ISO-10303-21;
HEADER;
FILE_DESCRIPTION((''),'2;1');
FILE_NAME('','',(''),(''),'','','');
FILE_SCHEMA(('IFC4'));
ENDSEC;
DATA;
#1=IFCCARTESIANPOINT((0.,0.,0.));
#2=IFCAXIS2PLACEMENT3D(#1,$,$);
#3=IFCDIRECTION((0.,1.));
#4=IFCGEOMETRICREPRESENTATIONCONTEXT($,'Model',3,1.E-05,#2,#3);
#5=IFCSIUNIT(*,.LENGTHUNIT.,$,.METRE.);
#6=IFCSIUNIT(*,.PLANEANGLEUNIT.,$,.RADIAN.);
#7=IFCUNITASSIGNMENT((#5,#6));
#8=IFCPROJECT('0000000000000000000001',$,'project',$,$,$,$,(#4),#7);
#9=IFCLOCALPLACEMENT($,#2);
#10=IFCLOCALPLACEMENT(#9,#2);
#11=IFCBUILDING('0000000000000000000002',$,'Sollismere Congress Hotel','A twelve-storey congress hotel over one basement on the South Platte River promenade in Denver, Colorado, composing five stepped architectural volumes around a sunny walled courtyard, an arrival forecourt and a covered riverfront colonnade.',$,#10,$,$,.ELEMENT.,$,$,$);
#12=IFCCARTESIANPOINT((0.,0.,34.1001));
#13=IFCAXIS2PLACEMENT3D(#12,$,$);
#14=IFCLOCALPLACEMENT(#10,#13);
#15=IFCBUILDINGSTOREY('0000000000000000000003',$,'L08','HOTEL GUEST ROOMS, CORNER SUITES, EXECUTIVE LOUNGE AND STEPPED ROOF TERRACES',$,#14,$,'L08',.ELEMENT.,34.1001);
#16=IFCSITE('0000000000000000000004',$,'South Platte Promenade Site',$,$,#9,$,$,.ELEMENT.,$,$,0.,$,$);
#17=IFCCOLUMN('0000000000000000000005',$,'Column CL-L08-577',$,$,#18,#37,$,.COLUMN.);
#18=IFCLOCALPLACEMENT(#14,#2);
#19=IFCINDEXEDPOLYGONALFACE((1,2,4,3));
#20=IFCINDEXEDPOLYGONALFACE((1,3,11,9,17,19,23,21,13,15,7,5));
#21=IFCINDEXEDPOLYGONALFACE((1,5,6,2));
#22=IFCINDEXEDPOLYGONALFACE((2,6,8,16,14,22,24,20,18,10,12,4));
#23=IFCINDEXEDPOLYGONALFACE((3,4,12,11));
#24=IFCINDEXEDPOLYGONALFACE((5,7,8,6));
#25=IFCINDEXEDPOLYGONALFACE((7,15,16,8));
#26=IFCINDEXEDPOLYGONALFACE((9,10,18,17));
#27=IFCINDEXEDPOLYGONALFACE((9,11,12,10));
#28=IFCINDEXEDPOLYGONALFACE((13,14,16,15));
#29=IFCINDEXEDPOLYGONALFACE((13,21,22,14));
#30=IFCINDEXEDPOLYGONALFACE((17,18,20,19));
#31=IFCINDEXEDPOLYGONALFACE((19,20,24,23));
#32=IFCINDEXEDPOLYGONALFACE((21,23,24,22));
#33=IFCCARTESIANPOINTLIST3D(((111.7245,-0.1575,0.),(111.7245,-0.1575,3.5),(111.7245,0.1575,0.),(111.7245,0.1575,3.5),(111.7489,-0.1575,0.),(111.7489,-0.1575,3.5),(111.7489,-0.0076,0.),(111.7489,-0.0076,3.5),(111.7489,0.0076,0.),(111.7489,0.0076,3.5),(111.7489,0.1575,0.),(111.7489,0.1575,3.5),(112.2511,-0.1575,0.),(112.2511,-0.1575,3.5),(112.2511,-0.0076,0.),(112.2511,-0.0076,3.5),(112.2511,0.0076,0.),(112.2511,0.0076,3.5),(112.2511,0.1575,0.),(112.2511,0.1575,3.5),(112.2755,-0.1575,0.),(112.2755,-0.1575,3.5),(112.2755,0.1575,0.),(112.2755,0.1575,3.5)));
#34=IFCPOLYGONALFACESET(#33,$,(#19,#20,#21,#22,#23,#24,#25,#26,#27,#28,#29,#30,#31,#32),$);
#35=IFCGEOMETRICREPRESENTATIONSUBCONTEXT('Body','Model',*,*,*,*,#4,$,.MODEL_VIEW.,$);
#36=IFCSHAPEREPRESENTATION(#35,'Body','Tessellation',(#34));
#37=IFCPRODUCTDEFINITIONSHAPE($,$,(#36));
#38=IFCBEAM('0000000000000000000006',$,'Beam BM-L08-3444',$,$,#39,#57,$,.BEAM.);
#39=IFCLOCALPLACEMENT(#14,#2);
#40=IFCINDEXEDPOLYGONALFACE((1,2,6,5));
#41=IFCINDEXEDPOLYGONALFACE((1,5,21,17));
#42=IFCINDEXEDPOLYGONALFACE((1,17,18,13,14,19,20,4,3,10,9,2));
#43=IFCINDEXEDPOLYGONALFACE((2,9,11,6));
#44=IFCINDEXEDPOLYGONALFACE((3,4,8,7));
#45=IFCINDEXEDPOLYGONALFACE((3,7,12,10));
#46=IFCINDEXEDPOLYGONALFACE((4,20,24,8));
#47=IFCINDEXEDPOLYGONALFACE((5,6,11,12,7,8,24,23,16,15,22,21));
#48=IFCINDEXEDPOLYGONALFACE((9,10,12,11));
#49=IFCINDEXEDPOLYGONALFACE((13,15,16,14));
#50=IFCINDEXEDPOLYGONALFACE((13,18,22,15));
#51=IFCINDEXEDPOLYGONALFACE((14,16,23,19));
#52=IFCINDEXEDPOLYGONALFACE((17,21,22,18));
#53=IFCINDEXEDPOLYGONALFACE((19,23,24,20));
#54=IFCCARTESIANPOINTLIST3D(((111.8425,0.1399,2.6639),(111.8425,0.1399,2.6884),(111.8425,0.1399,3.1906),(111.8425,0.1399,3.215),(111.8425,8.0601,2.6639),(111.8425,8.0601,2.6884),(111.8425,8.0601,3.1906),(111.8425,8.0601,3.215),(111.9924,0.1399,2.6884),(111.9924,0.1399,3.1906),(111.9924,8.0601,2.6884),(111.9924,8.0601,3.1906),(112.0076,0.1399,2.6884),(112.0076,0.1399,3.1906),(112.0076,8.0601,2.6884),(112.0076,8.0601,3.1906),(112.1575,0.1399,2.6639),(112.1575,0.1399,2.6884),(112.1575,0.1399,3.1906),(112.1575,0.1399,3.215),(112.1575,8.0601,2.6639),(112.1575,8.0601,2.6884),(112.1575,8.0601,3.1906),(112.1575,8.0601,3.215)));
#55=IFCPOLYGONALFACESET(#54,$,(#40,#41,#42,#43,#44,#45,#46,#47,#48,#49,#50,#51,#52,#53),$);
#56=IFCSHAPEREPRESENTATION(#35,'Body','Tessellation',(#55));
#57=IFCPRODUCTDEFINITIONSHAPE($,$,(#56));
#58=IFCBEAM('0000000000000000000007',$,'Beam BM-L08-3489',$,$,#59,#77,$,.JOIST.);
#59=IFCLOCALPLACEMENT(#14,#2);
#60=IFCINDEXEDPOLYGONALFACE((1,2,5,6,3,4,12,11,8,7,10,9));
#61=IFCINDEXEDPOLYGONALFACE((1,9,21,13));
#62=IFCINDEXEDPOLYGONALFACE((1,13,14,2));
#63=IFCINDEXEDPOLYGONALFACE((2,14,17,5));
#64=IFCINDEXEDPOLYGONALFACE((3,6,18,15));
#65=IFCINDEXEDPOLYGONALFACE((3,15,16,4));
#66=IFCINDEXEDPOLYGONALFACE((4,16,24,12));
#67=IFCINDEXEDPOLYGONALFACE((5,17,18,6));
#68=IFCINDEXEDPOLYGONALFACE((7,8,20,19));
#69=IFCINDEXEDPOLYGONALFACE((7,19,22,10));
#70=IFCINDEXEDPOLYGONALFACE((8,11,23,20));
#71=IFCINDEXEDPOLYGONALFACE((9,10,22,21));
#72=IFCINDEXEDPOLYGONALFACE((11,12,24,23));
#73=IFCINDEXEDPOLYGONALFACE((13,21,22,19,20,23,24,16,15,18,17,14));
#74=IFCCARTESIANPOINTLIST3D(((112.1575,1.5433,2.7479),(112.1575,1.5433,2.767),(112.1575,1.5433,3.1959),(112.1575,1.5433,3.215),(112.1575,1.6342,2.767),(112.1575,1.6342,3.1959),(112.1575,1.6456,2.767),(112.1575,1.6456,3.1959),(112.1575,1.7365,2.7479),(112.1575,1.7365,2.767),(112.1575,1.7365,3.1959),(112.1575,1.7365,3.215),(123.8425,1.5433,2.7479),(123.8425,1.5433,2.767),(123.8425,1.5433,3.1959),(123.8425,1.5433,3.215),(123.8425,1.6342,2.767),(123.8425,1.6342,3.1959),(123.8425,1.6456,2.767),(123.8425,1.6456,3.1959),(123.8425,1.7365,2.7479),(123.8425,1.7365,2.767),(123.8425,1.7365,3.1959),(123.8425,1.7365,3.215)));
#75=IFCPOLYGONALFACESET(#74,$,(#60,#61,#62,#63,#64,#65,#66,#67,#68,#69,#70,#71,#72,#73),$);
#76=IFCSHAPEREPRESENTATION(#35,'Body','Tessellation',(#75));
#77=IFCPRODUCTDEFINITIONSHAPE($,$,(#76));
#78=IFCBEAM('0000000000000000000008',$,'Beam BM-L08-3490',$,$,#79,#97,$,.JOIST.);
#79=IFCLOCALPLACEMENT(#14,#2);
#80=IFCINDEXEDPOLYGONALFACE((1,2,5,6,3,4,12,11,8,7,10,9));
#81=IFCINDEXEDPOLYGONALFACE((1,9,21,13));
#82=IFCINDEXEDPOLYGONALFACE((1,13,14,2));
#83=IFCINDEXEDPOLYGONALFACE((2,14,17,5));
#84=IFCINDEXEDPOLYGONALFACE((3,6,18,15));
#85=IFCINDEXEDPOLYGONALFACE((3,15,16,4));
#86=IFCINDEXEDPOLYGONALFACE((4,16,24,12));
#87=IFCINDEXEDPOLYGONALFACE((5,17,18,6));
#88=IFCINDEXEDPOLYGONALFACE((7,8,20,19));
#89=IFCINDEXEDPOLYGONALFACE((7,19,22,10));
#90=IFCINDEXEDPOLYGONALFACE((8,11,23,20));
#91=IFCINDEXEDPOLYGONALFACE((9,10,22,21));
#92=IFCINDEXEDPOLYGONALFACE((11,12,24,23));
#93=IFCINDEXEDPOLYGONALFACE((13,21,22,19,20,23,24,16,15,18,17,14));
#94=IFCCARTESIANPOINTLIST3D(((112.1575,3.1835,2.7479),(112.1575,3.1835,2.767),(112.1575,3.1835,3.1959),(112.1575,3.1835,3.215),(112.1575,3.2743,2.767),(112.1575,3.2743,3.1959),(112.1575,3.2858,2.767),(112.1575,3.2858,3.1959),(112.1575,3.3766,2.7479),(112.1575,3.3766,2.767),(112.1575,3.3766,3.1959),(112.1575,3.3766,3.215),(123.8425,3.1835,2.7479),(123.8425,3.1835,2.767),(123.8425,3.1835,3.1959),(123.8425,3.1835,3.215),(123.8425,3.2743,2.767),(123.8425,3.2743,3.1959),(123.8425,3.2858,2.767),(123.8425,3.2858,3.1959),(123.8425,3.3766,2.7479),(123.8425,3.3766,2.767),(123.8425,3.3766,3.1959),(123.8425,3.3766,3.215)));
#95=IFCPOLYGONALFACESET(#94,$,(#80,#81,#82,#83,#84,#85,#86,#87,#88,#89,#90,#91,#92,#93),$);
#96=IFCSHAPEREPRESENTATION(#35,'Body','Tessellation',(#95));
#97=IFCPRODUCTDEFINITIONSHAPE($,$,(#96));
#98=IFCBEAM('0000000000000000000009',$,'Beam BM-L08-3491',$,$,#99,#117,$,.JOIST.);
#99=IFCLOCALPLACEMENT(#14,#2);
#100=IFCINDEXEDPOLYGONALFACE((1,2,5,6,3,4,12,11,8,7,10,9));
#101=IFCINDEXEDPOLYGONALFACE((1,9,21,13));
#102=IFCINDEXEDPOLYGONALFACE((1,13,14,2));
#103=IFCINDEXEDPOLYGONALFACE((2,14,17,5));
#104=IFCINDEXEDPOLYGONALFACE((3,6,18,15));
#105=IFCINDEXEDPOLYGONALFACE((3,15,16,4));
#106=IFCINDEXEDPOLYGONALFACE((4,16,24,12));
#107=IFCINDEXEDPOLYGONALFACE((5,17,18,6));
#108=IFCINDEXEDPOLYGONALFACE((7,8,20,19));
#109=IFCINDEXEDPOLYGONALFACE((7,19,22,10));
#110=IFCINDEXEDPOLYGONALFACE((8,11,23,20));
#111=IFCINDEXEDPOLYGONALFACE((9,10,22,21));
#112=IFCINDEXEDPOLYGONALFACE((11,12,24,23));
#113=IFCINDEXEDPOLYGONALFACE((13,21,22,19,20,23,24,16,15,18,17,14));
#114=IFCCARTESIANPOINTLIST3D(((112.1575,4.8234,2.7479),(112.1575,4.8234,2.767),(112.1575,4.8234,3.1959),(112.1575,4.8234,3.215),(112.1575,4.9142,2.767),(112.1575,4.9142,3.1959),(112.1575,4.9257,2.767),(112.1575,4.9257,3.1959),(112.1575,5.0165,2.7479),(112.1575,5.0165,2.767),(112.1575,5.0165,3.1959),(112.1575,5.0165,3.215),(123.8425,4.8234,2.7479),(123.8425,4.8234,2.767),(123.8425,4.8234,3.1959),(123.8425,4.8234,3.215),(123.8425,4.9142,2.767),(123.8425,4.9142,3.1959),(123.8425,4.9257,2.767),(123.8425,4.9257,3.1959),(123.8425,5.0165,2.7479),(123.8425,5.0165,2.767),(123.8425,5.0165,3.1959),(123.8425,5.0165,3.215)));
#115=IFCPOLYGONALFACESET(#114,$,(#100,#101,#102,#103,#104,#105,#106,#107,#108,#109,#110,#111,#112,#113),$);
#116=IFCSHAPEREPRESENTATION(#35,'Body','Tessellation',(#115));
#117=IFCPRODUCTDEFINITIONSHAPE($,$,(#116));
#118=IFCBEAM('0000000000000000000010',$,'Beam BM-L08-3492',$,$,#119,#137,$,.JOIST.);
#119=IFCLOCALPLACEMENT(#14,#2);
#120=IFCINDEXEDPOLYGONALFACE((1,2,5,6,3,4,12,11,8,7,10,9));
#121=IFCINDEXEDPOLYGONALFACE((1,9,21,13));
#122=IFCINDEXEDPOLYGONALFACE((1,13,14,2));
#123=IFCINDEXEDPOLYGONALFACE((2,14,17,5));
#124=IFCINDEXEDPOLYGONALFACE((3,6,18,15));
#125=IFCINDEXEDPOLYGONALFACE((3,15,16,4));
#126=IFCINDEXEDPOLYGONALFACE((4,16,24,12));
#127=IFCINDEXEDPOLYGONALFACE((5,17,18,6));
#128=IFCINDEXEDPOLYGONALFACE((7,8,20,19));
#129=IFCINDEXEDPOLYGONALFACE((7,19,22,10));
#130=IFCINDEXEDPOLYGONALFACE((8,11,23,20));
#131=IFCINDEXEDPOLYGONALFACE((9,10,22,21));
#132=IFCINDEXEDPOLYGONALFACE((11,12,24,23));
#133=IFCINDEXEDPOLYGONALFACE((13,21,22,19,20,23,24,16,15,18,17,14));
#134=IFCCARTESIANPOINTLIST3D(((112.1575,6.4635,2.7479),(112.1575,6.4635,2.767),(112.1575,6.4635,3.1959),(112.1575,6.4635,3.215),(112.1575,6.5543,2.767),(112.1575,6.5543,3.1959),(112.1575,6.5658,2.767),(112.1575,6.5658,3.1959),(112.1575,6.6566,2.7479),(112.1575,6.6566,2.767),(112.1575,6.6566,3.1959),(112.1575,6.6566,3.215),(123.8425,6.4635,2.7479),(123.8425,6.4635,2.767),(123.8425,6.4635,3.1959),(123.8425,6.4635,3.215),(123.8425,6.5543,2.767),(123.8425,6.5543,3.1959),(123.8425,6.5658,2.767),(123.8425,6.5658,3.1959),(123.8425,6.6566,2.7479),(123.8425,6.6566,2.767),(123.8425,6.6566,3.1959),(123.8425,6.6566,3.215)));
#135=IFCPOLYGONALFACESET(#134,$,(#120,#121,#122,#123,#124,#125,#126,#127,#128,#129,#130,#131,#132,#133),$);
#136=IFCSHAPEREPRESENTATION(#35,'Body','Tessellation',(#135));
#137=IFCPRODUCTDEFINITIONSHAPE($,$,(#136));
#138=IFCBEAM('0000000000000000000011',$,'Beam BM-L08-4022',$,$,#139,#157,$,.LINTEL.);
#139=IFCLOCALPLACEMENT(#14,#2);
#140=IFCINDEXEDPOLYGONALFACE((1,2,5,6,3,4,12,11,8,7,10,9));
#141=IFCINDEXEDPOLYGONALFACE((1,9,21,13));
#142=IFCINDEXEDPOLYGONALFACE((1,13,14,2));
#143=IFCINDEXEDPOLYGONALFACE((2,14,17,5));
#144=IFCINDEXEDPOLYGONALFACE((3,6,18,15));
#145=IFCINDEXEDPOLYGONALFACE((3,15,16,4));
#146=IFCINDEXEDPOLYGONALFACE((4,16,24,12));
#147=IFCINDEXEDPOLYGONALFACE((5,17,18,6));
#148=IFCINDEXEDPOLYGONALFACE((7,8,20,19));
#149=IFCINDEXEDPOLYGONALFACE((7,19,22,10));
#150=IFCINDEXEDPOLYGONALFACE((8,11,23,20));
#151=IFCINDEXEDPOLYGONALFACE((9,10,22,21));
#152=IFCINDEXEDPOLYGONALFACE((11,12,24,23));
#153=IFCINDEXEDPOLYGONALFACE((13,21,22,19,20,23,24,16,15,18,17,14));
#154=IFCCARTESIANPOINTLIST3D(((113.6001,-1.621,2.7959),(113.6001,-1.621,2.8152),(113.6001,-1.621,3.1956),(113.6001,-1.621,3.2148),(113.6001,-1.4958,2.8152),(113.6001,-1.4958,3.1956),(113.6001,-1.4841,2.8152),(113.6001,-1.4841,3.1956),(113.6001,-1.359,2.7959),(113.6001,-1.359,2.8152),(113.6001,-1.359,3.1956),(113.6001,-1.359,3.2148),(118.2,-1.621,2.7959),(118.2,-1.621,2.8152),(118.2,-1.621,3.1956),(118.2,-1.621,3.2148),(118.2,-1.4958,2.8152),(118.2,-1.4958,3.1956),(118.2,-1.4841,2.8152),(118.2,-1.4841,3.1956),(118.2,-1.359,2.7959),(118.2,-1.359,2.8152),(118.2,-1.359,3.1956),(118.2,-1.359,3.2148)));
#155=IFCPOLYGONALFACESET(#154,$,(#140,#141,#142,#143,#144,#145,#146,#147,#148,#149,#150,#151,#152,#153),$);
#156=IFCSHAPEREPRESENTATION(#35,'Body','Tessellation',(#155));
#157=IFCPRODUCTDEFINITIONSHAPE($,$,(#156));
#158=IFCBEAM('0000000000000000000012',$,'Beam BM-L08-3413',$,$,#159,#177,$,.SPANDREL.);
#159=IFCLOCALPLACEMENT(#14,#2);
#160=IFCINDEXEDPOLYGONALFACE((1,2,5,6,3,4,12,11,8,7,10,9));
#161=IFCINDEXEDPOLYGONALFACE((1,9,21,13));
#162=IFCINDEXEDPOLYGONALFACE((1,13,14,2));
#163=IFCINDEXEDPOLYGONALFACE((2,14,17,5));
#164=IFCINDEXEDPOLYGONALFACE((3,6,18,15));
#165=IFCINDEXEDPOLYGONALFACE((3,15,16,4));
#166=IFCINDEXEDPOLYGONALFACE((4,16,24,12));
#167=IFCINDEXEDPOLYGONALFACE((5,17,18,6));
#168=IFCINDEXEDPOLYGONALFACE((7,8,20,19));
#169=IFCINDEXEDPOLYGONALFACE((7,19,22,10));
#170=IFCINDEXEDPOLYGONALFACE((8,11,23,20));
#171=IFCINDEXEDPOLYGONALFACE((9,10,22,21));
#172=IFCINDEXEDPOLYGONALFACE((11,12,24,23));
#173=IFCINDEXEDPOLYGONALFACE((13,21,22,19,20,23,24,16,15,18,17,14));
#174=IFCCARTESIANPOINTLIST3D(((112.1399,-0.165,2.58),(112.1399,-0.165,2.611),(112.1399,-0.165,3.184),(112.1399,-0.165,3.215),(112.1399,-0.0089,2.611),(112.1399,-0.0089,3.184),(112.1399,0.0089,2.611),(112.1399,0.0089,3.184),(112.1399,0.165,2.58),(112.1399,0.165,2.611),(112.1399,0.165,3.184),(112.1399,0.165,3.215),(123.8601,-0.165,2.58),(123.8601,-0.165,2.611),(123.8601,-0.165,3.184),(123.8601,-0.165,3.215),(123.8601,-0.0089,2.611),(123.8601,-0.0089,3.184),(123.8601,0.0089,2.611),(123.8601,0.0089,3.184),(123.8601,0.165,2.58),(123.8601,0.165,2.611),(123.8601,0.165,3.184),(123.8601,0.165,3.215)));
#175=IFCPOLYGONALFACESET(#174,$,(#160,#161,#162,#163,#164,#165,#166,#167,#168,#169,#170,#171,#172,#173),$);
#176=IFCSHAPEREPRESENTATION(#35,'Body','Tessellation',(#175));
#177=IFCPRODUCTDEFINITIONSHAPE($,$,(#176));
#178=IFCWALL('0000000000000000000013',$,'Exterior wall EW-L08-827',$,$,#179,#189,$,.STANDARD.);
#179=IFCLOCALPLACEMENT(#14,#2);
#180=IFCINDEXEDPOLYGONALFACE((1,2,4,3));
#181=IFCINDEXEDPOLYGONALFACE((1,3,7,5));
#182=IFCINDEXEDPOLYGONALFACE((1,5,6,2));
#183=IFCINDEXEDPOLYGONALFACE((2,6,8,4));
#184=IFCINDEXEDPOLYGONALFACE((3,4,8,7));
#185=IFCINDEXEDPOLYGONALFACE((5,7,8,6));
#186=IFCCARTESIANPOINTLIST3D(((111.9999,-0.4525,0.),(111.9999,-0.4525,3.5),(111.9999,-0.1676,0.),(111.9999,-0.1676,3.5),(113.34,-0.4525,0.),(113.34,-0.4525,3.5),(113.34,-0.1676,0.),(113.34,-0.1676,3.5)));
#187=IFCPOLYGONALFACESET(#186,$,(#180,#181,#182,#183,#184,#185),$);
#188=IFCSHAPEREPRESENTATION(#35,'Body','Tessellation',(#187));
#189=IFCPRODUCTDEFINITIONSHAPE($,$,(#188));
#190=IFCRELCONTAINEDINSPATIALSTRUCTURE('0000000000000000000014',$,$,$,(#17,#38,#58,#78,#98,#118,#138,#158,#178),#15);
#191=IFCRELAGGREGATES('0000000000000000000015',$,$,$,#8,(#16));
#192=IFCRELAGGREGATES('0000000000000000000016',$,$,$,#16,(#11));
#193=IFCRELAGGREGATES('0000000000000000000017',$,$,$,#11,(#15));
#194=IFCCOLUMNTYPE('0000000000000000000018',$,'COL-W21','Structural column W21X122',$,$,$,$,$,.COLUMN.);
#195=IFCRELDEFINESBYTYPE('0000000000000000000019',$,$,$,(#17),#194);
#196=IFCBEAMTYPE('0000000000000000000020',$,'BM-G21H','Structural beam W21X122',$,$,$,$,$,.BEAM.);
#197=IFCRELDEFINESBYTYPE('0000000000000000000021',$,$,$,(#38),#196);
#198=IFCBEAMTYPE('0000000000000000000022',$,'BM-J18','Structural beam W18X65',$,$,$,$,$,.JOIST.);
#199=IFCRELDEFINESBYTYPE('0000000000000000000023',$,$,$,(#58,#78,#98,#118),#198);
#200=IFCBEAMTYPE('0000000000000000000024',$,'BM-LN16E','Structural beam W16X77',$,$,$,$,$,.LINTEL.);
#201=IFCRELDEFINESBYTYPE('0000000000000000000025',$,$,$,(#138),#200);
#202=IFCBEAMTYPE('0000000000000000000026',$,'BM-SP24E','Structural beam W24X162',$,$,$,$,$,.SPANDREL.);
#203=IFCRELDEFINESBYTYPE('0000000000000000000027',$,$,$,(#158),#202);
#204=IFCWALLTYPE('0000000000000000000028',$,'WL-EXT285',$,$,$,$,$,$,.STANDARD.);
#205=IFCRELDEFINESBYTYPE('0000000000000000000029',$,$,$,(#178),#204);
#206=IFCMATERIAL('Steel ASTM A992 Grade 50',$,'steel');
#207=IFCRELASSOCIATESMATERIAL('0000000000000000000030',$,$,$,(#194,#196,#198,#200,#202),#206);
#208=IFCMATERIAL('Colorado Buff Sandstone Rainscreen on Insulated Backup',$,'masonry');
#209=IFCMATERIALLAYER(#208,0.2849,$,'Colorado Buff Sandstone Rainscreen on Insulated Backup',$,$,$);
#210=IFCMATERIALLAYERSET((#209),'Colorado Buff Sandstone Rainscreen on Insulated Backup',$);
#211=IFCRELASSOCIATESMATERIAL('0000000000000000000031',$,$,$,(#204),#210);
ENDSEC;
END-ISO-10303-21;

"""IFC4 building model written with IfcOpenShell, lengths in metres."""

from ifc_helpers import new_model, si_unit, direction, frame, frame_2d, origin, origin_2d, place, context, subcontext, project, spatial, rectangle, i_section, extrude, material, layer, layer_set, material_profile, profile_set, type_object, element, save


model = new_model("IFC4")

# Units and contexts
model_context = context("Model", 3, precision=1e-05, world=origin(), true_north=direction((0.0, 1.0)))
body_context = subcontext(model_context, "Body", "Model", "MODEL_VIEW")
ifc_project = project(units=[si_unit("LENGTHUNIT", "METRE"), si_unit("PLANEANGLEUNIT", "RADIAN")], contexts=[model_context])

# Site, building, storey
site_placement = place(None, origin())
site = spatial("IfcSite", under=ifc_project, at=site_placement, Name="South Platte Promenade Site", CompositionType="ELEMENT", RefElevation=0.0)
building_placement = place(site_placement, origin())
building = spatial("IfcBuilding", under=site, at=building_placement, Name="Sollismere Congress Hotel", Description="A twelve-storey congress hotel over one basement on the South Platte River promenade in Denver, Colorado, composing five stepped architectural volumes around a sunny walled courtyard, an arrival forecourt and a covered riverfront colonnade.", CompositionType="ELEMENT")
storey_placement = place(building_placement, frame((0.0, 0.0, 34.1001)))
storey = spatial("IfcBuildingStorey", under=building, at=storey_placement, Name="L08", Description="HOTEL GUEST ROOMS, CORNER SUITES, EXECUTIVE LOUNGE AND STEPPED ROOF TERRACES", LongName="L08", CompositionType="ELEMENT", Elevation=34.1001)

# Column
ifc_material_1 = material(Name="Steel ASTM A992 Grade 50", Category="steel")
ifc_material_profile_1 = material_profile(ifc_material_1, i_section(OverallWidth=0.3149, OverallDepth=0.551, WebThickness=0.0151, FlangeThickness=0.0244, at=origin_2d()), Name="W21X122")
ifc_profile_set_1 = profile_set([ifc_material_profile_1], Name="Steel ASTM A992 Grade 50")
column_type = type_object("IfcColumnType", Name="COL-W21", Description="Structural column W21X122", PredefinedType="COLUMN", material=ifc_profile_set_1)
column_placement = place(storey_placement, frame((112.0, 0.0, 0.0), z_axis=(0.0, 0.0, 1.0), x_axis=(0.0, 1.0, 0.0)))
element("IfcColumn", 1, at=column_placement, inside=storey, type_object=column_type, Name="Column CL-L08-577", PredefinedType="COLUMN", context=body_context, shape_type="SweptSolid", body=[
    extrude(i_section(OverallWidth=0.3149, OverallDepth=0.551, WebThickness=0.0151, FlangeThickness=0.0244, at=origin_2d()), origin(), (0.0, 0.0, 1.0), 3.5),
])

# Beams
ifc_material_profile_2 = material_profile(ifc_material_1, i_section(OverallWidth=0.3149, OverallDepth=0.551, WebThickness=0.0151, FlangeThickness=0.0244, at=origin_2d()), Name="W21X122")
ifc_profile_set_2 = profile_set([ifc_material_profile_2], Name="Steel ASTM A992 Grade 50")
beam_type_1 = type_object("IfcBeamType", Name="BM-G21H", Description="Structural beam W21X122", PredefinedType="BEAM", material=ifc_profile_set_2)
beam_1_placement = place(storey_placement, frame((112.0, 0.1399, 2.9395), z_axis=(0.0, 1.0, 0.0), x_axis=(-1.0, 0.0, 0.0)))
element("IfcBeam", 2, at=beam_1_placement, inside=storey, type_object=beam_type_1, Name="Beam BM-L08-3444", PredefinedType="BEAM", context=body_context, shape_type="SweptSolid", body=[
    extrude(i_section(OverallWidth=0.3149, OverallDepth=0.551, WebThickness=0.0151, FlangeThickness=0.0244, at=origin_2d()), origin(), (0.0, 0.0, 1.0), 7.9202),
])
ifc_material_profile_3 = material_profile(ifc_material_1, i_section(OverallWidth=0.1931, OverallDepth=0.467, WebThickness=0.0115, FlangeThickness=0.019, at=origin_2d()), Name="W18X65")
ifc_profile_set_3 = profile_set([ifc_material_profile_3], Name="Steel ASTM A992 Grade 50")
beam_type_2 = type_object("IfcBeamType", Name="BM-J18", Description="Structural beam W18X65", PredefinedType="JOIST", material=ifc_profile_set_3)
for number, where, z_axis, x_axis, name in (
    (3, (112.1575, 1.6399, 2.9814), (1.0, 0.0, 0.0), (0.0, 1.0, 0.0), "Beam BM-L08-3489"),
    (4, (112.1575, 3.28, 2.9814), (1.0, 0.0, 0.0), (0.0, 1.0, 0.0), "Beam BM-L08-3490"),
    (5, (112.1575, 4.9199, 2.9814), (1.0, 0.0, 0.0), (0.0, 1.0, 0.0), "Beam BM-L08-3491"),
    (6, (112.1575, 6.5601, 2.9814), (1.0, 0.0, 0.0), (0.0, 1.0, 0.0), "Beam BM-L08-3492"),
):
    element("IfcBeam", number, at=place(storey_placement, frame(where, z_axis=z_axis, x_axis=x_axis)), inside=storey, type_object=beam_type_2, Name=name, PredefinedType="JOIST", context=body_context, shape_type="SweptSolid", body=[
        extrude(i_section(OverallWidth=0.1931, OverallDepth=0.467, WebThickness=0.0115, FlangeThickness=0.019, at=origin_2d()), origin(), (0.0, 0.0, 1.0), 11.6851),
    ])
ifc_material_profile_4 = material_profile(ifc_material_1, i_section(OverallWidth=0.262, OverallDepth=0.4189, WebThickness=0.0117, FlangeThickness=0.0193, at=origin_2d()), Name="W16X77")
ifc_profile_set_4 = profile_set([ifc_material_profile_4], Name="Steel ASTM A992 Grade 50")
beam_type_3 = type_object("IfcBeamType", Name="BM-LN16E", Description="Structural beam W16X77", PredefinedType="LINTEL", material=ifc_profile_set_4)
beam_2_placement = place(storey_placement, frame((113.6001, -1.49, 3.0054), z_axis=(1.0, 0.0, 0.0), x_axis=(0.0, 1.0, 0.0)))
element("IfcBeam", 7, at=beam_2_placement, inside=storey, type_object=beam_type_3, Name="Beam BM-L08-4022", PredefinedType="LINTEL", context=body_context, shape_type="SweptSolid", body=[
    extrude(i_section(OverallWidth=0.262, OverallDepth=0.4189, WebThickness=0.0117, FlangeThickness=0.0193, at=origin_2d()), origin(), (0.0, 0.0, 1.0), 4.5999),
])
ifc_material_profile_5 = material_profile(ifc_material_1, i_section(OverallWidth=0.3301, OverallDepth=0.635, WebThickness=0.0178, FlangeThickness=0.031, at=origin_2d()), Name="W24X162")
ifc_profile_set_5 = profile_set([ifc_material_profile_5], Name="Steel ASTM A992 Grade 50")
beam_type_4 = type_object("IfcBeamType", Name="BM-SP24E", Description="Structural beam W24X162", PredefinedType="SPANDREL", material=ifc_profile_set_5)
beam_3_placement = place(storey_placement, frame((112.1399, 0.0, 2.8975), z_axis=(1.0, 0.0, 0.0), x_axis=(0.0, 1.0, 0.0)))
element("IfcBeam", 8, at=beam_3_placement, inside=storey, type_object=beam_type_4, Name="Beam BM-L08-3413", PredefinedType="SPANDREL", context=body_context, shape_type="SweptSolid", body=[
    extrude(i_section(OverallWidth=0.3301, OverallDepth=0.635, WebThickness=0.0178, FlangeThickness=0.031, at=origin_2d()), origin(), (0.0, 0.0, 1.0), 11.7202),
])

# Wall
ifc_material_2 = material(Name="Colorado Buff Sandstone Rainscreen on Insulated Backup", Category="masonry")
ifc_layer_1 = layer(ifc_material_2, 0.2849, Name="Colorado Buff Sandstone Rainscreen on Insulated Backup")
ifc_layer_set_1 = layer_set([ifc_layer_1], Name="Colorado Buff Sandstone Rainscreen on Insulated Backup")
wall_type_1 = type_object("IfcWallType", Name="WL-EXT285", PredefinedType="STANDARD", material=ifc_layer_set_1)
wall_1_placement = place(storey_placement, frame((112.0, -0.3101, 0.0), z_axis=(0.0, 0.0, 1.0), x_axis=(1.0, 0.0, 0.0)))
element("IfcWall", 9, at=wall_1_placement, inside=storey, type_object=wall_type_1, Name="Exterior wall EW-L08-827", PredefinedType="STANDARD", context=body_context, shape_type="SweptSolid", body=[
    extrude(rectangle(XDim=1.3401, YDim=0.2849, at=frame_2d((0.6699, 0.0))), origin(), (0.0, 0.0, 1.0), 3.5),
])

save(model, "model.ifc")
